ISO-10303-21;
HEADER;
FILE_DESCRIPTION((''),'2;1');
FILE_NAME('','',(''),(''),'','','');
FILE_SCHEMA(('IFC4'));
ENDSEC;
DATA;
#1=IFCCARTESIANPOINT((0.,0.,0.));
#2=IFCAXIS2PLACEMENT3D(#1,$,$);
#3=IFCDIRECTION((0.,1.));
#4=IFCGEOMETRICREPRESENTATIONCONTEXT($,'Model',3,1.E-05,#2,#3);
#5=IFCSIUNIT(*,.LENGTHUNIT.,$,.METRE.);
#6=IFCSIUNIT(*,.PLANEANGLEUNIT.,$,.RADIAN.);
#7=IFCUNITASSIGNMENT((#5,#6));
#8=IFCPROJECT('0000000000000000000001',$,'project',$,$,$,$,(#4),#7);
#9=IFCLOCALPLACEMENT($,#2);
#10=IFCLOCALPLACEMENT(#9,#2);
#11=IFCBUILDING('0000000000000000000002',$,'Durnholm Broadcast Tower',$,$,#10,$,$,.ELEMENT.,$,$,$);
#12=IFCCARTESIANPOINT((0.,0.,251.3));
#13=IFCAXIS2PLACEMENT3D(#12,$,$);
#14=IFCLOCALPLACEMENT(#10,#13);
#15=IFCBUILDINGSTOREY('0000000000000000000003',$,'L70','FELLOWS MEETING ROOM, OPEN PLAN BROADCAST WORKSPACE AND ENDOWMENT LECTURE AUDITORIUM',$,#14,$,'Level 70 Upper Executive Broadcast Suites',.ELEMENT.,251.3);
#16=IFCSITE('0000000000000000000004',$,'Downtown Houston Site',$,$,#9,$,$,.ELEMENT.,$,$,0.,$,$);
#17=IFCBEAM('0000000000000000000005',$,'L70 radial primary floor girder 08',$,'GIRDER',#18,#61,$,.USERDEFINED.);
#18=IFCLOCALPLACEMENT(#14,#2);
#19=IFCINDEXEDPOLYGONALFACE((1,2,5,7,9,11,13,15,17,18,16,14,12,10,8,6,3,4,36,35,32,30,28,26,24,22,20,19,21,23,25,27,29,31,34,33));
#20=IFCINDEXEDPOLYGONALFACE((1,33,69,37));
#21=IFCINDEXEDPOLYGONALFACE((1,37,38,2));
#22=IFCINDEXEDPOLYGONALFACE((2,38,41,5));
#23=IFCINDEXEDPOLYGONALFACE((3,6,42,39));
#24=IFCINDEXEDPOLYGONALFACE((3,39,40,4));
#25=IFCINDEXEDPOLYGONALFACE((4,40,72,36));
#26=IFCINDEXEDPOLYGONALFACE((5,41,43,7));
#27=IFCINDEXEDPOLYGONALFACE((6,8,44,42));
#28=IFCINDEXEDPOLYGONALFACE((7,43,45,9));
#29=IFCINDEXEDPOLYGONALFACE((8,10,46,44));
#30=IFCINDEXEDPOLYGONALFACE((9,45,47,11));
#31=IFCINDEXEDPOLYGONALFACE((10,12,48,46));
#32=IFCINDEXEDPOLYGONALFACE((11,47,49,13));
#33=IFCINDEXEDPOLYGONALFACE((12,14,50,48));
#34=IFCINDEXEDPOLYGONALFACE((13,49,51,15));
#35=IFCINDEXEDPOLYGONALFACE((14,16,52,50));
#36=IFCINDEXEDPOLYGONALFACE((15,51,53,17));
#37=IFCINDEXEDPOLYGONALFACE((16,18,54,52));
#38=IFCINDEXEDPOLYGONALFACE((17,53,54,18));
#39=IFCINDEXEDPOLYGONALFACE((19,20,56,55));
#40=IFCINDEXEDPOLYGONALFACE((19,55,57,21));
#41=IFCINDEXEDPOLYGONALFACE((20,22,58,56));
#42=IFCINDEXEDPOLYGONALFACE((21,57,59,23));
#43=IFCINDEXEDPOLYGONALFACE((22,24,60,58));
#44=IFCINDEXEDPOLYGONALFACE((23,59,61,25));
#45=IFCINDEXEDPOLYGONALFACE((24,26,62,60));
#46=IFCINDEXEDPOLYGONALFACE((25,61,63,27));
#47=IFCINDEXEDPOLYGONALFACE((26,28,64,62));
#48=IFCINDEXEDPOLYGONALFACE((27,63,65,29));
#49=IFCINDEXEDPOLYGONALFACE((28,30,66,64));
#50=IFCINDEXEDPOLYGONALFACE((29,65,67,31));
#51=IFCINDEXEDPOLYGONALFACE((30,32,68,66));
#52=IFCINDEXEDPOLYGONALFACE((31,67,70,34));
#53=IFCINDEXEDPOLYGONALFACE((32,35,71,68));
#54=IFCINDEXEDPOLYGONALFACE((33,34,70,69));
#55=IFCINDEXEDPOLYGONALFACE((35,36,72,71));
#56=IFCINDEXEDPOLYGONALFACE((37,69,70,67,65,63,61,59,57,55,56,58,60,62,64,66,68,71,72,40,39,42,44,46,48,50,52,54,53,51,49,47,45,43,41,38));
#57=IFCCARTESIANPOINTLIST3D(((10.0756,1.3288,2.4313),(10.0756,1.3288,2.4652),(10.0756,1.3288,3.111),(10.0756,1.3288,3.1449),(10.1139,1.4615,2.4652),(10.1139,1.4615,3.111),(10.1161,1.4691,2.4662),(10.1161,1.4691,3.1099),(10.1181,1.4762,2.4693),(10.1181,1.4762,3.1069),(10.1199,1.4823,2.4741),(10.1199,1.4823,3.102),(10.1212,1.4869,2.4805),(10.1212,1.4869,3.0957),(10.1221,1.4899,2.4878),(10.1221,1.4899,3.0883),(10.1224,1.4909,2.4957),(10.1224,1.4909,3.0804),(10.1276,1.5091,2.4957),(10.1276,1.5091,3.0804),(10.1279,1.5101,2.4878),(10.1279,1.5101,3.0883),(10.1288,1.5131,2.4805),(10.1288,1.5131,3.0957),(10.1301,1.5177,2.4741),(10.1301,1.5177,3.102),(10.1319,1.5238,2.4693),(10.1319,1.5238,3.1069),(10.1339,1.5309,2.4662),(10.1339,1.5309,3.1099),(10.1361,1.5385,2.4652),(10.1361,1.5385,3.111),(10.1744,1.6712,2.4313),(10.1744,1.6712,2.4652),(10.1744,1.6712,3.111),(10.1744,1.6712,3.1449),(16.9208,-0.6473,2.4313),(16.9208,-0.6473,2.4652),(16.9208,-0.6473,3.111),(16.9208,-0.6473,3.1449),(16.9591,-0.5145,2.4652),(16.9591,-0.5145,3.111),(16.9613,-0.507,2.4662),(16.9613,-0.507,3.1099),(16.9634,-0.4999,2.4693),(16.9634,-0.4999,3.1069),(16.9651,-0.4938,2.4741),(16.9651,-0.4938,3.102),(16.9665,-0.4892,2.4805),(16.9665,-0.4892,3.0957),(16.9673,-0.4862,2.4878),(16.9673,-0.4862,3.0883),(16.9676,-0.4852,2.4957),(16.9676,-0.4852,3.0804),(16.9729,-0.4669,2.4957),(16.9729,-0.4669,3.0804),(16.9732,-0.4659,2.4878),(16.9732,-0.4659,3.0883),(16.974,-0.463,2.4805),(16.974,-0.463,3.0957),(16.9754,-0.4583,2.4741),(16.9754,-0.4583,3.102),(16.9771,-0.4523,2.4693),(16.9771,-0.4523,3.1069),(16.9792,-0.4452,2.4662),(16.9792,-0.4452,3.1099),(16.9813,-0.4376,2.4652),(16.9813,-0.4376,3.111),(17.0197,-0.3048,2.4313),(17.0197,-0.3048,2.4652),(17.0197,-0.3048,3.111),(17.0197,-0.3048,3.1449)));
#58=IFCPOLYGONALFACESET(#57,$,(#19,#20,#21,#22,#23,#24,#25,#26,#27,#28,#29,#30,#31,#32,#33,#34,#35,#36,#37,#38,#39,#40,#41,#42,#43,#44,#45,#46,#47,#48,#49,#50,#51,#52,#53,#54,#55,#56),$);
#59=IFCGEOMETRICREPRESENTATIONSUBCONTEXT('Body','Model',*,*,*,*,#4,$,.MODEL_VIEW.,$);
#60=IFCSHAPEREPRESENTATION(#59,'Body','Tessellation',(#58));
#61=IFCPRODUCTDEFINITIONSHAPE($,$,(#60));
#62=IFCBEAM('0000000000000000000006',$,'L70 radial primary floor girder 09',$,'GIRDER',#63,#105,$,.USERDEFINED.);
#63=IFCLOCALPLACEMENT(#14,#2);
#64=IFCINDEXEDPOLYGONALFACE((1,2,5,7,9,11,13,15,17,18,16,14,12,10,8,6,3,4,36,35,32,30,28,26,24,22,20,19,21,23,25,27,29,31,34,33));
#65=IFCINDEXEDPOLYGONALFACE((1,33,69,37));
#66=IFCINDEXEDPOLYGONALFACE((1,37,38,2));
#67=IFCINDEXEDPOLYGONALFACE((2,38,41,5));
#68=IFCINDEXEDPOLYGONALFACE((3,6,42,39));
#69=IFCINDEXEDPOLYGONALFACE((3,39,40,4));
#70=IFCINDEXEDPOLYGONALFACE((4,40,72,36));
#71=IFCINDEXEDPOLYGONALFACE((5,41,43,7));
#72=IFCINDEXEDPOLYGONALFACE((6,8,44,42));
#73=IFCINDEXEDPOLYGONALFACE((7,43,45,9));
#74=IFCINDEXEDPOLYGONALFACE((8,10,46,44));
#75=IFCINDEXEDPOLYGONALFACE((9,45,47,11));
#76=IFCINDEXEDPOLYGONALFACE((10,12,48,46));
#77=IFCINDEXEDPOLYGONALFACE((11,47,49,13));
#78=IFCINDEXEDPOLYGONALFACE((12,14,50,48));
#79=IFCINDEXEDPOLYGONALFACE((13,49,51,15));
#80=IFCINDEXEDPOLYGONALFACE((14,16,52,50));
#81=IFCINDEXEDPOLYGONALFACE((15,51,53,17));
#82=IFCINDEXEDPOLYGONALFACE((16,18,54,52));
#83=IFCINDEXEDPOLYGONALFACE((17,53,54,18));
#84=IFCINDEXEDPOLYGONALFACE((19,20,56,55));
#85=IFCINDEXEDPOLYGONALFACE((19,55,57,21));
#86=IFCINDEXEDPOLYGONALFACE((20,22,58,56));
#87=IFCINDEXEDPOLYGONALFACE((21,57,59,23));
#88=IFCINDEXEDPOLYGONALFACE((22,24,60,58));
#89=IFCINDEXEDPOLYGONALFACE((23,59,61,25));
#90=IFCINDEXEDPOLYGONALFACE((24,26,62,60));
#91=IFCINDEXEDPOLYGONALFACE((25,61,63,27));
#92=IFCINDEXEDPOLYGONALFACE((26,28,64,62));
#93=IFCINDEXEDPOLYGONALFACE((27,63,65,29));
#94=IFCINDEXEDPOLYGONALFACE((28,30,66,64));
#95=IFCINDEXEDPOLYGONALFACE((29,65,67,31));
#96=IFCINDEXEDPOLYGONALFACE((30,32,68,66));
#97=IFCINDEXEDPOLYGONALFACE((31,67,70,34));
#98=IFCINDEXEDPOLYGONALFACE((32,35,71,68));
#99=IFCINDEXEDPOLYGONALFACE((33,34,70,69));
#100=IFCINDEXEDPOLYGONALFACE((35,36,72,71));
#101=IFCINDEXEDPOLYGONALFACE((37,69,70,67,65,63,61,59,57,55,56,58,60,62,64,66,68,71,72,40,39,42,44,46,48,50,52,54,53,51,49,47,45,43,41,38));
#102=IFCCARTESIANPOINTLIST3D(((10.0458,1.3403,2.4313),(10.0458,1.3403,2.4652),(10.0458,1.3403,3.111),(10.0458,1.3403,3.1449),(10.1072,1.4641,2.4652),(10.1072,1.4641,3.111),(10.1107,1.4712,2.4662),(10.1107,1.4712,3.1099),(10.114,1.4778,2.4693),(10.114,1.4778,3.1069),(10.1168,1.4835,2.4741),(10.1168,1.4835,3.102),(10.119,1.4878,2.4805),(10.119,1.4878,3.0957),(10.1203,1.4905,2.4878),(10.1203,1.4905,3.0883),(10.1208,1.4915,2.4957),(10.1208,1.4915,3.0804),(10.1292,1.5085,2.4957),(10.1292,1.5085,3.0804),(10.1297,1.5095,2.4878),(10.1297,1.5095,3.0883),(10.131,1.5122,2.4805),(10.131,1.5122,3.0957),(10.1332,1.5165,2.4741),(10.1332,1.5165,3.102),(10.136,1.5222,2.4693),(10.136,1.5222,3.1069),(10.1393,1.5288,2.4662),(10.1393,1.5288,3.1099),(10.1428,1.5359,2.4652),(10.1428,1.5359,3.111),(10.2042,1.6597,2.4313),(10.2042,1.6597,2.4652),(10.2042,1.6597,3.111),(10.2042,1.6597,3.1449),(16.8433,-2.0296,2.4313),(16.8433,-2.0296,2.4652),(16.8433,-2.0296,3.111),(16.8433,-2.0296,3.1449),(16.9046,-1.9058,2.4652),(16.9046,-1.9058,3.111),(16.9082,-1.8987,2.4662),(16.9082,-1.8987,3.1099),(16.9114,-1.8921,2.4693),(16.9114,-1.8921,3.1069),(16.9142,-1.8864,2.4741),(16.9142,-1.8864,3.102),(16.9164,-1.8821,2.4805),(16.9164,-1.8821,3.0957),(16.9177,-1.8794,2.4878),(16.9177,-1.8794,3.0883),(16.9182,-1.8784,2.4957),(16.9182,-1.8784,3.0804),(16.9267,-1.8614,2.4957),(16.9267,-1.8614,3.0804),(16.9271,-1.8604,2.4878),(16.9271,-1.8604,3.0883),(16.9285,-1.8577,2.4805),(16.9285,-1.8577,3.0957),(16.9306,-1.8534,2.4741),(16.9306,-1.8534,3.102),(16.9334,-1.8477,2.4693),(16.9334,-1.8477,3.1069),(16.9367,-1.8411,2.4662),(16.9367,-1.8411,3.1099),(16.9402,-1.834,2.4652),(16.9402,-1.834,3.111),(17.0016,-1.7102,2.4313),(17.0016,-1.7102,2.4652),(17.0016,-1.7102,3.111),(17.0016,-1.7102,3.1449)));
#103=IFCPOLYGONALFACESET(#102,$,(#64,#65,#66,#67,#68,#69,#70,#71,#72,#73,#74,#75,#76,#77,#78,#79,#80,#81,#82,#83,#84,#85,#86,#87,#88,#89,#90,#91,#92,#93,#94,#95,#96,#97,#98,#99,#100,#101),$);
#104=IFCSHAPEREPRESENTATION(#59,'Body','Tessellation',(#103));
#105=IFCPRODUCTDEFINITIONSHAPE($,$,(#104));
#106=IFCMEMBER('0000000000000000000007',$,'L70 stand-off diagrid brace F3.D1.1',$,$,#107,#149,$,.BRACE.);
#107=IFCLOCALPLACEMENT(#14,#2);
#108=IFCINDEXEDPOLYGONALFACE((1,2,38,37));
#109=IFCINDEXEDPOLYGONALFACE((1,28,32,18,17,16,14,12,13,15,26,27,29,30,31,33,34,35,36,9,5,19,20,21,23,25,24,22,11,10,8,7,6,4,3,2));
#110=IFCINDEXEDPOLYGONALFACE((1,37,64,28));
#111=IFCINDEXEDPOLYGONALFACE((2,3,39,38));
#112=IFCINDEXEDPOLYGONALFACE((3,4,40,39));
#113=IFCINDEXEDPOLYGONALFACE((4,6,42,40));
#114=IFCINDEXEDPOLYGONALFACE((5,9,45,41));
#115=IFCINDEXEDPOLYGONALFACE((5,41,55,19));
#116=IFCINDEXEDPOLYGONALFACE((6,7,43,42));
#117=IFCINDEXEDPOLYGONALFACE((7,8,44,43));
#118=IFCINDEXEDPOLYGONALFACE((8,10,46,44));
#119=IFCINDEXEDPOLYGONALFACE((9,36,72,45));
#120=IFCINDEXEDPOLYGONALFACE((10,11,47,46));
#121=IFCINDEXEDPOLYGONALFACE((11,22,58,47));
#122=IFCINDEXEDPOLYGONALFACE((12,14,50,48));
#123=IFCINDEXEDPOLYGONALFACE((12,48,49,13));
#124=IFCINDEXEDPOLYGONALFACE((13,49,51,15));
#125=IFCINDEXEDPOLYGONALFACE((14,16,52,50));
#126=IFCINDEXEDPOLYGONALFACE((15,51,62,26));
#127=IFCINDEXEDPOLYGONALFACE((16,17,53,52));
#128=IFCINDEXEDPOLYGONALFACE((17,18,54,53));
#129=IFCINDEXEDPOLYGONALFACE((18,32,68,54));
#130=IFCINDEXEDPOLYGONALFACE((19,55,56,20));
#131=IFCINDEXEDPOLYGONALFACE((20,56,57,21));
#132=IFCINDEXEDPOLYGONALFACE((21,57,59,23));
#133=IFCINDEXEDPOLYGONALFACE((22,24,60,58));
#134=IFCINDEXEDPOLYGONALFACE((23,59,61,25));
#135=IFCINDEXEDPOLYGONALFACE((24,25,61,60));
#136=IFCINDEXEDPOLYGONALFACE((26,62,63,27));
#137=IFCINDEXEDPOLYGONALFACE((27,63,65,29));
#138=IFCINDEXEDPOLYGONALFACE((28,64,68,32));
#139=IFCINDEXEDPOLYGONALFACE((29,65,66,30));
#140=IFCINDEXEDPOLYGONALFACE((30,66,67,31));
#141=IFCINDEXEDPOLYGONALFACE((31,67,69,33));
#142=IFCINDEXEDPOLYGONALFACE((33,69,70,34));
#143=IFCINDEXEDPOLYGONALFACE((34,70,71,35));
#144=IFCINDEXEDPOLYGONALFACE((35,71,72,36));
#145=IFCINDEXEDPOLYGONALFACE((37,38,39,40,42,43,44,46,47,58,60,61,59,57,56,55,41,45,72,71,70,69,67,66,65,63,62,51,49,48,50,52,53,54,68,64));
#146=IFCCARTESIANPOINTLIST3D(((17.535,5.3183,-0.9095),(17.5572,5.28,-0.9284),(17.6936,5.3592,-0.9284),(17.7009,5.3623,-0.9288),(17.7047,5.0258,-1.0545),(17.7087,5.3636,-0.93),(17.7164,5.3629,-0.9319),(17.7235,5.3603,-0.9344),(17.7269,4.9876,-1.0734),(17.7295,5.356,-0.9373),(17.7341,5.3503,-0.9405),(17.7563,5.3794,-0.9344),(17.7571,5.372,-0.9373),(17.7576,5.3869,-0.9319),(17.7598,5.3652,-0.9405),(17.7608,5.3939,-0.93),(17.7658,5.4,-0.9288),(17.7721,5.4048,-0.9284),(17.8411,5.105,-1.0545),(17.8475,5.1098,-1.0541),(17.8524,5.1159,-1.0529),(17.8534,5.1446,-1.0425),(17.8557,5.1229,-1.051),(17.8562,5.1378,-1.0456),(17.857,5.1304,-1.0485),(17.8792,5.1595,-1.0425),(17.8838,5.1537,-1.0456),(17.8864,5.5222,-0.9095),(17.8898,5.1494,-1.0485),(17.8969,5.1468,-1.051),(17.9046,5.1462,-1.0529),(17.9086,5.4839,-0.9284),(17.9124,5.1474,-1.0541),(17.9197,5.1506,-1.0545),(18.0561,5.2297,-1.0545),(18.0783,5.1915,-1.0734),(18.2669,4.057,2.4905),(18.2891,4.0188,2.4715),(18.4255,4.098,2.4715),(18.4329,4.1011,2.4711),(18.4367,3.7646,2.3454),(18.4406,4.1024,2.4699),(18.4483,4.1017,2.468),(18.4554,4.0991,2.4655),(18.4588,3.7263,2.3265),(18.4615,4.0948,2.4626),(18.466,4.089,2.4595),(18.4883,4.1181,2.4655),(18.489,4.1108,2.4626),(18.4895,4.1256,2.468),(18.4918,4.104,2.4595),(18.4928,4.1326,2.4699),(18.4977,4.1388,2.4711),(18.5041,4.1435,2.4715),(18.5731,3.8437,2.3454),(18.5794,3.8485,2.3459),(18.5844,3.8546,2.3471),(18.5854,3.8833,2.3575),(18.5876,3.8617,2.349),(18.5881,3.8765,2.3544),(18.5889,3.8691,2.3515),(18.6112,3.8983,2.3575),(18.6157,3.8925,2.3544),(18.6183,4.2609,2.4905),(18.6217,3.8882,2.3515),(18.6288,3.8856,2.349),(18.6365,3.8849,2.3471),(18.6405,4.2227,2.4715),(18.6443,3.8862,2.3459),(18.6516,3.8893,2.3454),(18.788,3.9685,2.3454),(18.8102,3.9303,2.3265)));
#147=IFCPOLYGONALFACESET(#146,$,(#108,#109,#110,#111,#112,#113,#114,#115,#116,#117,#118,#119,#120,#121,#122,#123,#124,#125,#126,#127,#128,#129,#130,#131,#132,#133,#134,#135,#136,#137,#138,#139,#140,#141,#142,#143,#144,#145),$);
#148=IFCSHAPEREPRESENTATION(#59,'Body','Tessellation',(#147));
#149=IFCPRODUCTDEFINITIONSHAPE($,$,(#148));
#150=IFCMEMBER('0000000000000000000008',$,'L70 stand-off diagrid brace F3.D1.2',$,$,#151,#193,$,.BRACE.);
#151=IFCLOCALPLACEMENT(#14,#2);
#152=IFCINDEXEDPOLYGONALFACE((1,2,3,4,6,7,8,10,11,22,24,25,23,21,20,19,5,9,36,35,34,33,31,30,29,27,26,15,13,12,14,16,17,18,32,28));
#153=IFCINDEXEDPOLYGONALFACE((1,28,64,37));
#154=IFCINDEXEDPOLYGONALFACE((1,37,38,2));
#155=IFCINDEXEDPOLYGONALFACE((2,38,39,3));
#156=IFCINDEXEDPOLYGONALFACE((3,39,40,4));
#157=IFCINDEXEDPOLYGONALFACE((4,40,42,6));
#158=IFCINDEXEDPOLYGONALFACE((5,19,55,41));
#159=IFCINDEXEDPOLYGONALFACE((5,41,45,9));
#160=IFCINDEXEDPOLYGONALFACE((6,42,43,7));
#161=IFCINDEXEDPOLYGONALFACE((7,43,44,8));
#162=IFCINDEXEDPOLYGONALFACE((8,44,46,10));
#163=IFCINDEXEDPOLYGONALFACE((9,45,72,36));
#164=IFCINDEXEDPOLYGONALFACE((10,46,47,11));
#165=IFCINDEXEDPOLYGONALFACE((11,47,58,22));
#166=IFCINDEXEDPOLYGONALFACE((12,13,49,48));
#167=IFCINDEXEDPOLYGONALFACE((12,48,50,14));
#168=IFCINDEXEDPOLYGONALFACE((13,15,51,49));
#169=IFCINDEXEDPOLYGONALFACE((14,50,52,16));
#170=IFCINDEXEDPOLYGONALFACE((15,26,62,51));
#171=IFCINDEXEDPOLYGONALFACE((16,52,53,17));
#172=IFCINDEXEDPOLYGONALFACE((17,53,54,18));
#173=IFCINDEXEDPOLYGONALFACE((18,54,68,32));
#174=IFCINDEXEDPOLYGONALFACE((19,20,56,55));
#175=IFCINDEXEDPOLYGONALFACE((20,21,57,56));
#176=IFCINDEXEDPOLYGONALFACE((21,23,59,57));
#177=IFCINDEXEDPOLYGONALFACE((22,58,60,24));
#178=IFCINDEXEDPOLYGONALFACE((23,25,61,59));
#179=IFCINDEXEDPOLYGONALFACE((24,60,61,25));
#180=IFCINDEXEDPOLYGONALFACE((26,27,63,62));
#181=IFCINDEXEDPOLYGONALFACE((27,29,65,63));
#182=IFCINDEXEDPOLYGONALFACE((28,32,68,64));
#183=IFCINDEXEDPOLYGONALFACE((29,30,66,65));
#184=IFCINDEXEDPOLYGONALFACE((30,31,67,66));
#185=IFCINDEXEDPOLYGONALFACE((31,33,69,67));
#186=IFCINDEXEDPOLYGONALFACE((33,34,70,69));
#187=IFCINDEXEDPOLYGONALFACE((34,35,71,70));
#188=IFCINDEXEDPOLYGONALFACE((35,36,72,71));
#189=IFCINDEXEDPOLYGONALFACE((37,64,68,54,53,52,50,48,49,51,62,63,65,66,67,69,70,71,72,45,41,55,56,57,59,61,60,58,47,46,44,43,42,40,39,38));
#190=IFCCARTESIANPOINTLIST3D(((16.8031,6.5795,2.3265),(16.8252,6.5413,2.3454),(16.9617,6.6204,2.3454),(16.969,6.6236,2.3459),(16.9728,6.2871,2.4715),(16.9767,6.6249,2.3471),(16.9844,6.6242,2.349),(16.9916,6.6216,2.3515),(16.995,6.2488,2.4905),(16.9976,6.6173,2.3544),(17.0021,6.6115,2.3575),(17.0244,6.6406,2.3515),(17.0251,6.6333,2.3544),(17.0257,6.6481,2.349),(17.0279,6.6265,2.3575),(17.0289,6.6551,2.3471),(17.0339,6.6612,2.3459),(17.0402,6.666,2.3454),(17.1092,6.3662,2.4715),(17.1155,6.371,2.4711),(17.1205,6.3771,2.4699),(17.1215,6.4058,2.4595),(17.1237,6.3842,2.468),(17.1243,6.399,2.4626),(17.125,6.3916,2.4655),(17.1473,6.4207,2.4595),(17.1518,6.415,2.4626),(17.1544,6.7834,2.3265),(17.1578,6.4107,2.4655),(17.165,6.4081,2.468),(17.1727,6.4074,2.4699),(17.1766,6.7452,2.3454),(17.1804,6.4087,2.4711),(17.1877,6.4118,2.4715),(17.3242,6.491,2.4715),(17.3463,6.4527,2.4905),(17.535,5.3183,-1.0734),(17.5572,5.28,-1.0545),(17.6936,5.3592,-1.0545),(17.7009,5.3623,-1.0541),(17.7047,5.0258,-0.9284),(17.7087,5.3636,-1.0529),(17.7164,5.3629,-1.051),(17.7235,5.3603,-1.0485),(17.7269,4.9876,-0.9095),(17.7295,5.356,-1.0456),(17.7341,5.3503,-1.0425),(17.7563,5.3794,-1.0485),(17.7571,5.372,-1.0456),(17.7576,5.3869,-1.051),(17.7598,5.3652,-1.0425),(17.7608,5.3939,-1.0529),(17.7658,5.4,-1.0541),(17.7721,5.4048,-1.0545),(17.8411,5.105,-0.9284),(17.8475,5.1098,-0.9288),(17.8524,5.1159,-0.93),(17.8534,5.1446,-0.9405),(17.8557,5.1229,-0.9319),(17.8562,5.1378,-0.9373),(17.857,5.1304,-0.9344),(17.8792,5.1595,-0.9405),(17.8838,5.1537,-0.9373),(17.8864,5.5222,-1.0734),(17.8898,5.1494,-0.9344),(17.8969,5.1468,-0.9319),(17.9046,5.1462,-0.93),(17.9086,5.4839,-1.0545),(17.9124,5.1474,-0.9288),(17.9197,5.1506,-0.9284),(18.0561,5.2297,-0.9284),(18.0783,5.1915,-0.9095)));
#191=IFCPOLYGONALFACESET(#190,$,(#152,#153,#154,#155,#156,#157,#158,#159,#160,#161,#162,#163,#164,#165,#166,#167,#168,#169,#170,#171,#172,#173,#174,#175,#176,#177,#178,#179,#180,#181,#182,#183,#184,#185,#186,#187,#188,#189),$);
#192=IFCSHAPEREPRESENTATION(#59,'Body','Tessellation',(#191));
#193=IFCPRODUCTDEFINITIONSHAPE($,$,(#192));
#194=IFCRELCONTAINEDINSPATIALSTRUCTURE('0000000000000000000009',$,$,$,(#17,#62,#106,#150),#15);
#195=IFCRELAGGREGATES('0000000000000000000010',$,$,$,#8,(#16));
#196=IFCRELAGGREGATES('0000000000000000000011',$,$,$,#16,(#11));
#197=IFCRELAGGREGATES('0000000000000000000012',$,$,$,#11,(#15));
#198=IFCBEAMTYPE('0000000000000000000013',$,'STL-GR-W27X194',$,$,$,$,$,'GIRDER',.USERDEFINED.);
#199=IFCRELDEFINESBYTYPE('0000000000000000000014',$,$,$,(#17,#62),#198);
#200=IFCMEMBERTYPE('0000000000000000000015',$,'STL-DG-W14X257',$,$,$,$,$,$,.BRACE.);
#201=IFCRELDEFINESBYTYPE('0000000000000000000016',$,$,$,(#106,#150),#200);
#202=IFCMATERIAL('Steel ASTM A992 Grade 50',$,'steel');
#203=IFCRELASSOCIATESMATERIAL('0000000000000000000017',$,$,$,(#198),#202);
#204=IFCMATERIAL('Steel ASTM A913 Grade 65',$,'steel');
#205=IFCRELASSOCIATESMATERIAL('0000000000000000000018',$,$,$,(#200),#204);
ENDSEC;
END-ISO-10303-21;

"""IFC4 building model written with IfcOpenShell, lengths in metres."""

from ifc_helpers import new_model, si_unit, direction, frame, origin, origin_2d, place, context, subcontext, project, spatial, i_section, extrude, source, transform, mapped, material, material_profile, profile_set, type_object, type_shapes, element, save


model = new_model("IFC4")

# Units and contexts
model_context = context("Model", 3, precision=1e-05, world=origin(), true_north=direction((0.0, 1.0)))
body_context = subcontext(model_context, "Body", "Model", "MODEL_VIEW")
ifc_project = project(units=[si_unit("LENGTHUNIT", "METRE"), si_unit("PLANEANGLEUNIT", "RADIAN")], contexts=[model_context])

# Site, building, storey
site_placement = place(None, origin())
site = spatial("IfcSite", under=ifc_project, at=site_placement, Name="Downtown Houston Site", CompositionType="ELEMENT", RefElevation=0.0)
building_placement = place(site_placement, origin())
building = spatial("IfcBuilding", under=site, at=building_placement, Name="Durnholm Broadcast Tower", CompositionType="ELEMENT")
storey_placement = place(building_placement, frame((0.0, 0.0, 251.3)))
storey = spatial("IfcBuildingStorey", under=building, at=storey_placement, Name="L70", Description="FELLOWS MEETING ROOM, OPEN PLAN BROADCAST WORKSPACE AND ENDOWMENT LECTURE AUDITORIUM", LongName="Level 70 Upper Executive Broadcast Suites", CompositionType="ELEMENT", Elevation=251.3)

# Beams
ifc_material_1 = material(Name="Steel ASTM A992 Grade 50", Category="steel")
ifc_material_profile_1 = material_profile(ifc_material_1, i_section(OverallWidth=0.3564, OverallDepth=0.7136, WebThickness=0.019, FlangeThickness=0.0339, FilletRadius=0.0305, at=origin_2d()), Name="W27X194")
ifc_profile_set_1 = profile_set([ifc_material_profile_1], Name="Steel ASTM A992 Grade 50")
beam_type_1 = type_object("IfcBeamType", Name="STL-GR-W27X194", ElementType="GIRDER", PredefinedType="USERDEFINED", material=ifc_profile_set_1)
shared_shape_1 = source(origin(), body_context, "Body", "SweptSolid", [
    extrude(i_section(OverallWidth=0.3564, OverallDepth=0.7136, WebThickness=0.019, FlangeThickness=0.0339, FilletRadius=0.0305, at=origin_2d()), origin(), (0.0, 0.0, 1.0), 7.1248),
])
beam_1_placement = place(storey_placement, frame((10.125, 1.5, 2.7881), z_axis=(0.960768, -0.277354, 0.0), x_axis=(0.277354, 0.960768, 0.0)))
element("IfcBeam", 1, at=beam_1_placement, inside=storey, type_object=beam_type_1, Name="L70 radial primary floor girder 08", ObjectType="GIRDER", PredefinedType="USERDEFINED", context=body_context, shape_type="MappedRepresentation", body=[
    mapped(shared_shape_1, transform((0.0, 0.0, 0.0), x_axis=(1.0, 0.0, 0.0), y_axis=(0.0, 1.0, 0.0), z_axis=(0.0, 0.0, 1.0), scale=1.0)),
])
shared_shape_2 = source(origin(), body_context, "Body", "SweptSolid", [
    extrude(i_section(OverallWidth=0.3564, OverallDepth=0.7136, WebThickness=0.019, FlangeThickness=0.0339, FilletRadius=0.0305, at=origin_2d()), origin(), (0.0, 0.0, 1.0), 7.5869),
])
type_shapes(beam_type_1, [shared_shape_1, shared_shape_2])
beam_2_placement = place(storey_placement, frame((10.125, 1.5, 2.7881), z_axis=(0.895941, -0.444173, 0.0), x_axis=(0.444173, 0.895941, 0.0)))
element("IfcBeam", 2, at=beam_2_placement, inside=storey, type_object=beam_type_1, Name="L70 radial primary floor girder 09", ObjectType="GIRDER", PredefinedType="USERDEFINED", context=body_context, shape_type="MappedRepresentation", body=[
    mapped(shared_shape_2, transform((0.0, 0.0, 0.0), x_axis=(1.0, 0.0, 0.0), y_axis=(0.0, 1.0, 0.0), z_axis=(0.0, 0.0, 1.0), scale=1.0)),
])

# Members
ifc_material_2 = material(Name="Steel ASTM A913 Grade 65", Category="steel")
ifc_material_profile_2 = material_profile(ifc_material_2, i_section(OverallWidth=0.4062, OverallDepth=0.416, WebThickness=0.0298, FlangeThickness=0.0481, FilletRadius=0.0305, at=origin_2d()), Name="W14X257")
ifc_profile_set_2 = profile_set([ifc_material_profile_2], Name="Steel ASTM A913 Grade 65")
member_type_1 = type_object("IfcMemberType", Name="STL-DG-W14X257", PredefinedType="BRACE", material=ifc_profile_set_2)
shared_shape_3 = source(origin(), body_context, "Body", "SweptSolid", [
    extrude(i_section(OverallWidth=0.4062, OverallDepth=0.416, WebThickness=0.0298, FlangeThickness=0.0481, FilletRadius=0.0305, at=origin_2d()), origin(), (0.0, 0.0, 1.0), 3.6995),
])
type_shapes(member_type_1, [shared_shape_3])
for number, where, z_axis, x_axis, name in (
    (3, (17.8066, 5.2549, -0.9915), (0.19785, -0.340926, 0.919035), (0.864906, 0.501934, 0.0), "L70 stand-off diagrid brace F3.D1.1"),
    (4, (17.8066, 5.2549, -0.9915), (-0.19785, 0.340926, 0.919035), (-0.864906, -0.501934, 0.0), "L70 stand-off diagrid brace F3.D1.2"),
):
    element("IfcMember", number, at=place(storey_placement, frame(where, z_axis=z_axis, x_axis=x_axis)), inside=storey, type_object=member_type_1, Name=name, PredefinedType="BRACE", context=body_context, shape_type="MappedRepresentation", body=[
        mapped(shared_shape_3, transform((0.0, 0.0, 0.0), x_axis=(1.0, 0.0, 0.0), y_axis=(0.0, 1.0, 0.0), z_axis=(0.0, 0.0, 1.0), scale=1.0)),
    ])

save(model, "model.ifc")
